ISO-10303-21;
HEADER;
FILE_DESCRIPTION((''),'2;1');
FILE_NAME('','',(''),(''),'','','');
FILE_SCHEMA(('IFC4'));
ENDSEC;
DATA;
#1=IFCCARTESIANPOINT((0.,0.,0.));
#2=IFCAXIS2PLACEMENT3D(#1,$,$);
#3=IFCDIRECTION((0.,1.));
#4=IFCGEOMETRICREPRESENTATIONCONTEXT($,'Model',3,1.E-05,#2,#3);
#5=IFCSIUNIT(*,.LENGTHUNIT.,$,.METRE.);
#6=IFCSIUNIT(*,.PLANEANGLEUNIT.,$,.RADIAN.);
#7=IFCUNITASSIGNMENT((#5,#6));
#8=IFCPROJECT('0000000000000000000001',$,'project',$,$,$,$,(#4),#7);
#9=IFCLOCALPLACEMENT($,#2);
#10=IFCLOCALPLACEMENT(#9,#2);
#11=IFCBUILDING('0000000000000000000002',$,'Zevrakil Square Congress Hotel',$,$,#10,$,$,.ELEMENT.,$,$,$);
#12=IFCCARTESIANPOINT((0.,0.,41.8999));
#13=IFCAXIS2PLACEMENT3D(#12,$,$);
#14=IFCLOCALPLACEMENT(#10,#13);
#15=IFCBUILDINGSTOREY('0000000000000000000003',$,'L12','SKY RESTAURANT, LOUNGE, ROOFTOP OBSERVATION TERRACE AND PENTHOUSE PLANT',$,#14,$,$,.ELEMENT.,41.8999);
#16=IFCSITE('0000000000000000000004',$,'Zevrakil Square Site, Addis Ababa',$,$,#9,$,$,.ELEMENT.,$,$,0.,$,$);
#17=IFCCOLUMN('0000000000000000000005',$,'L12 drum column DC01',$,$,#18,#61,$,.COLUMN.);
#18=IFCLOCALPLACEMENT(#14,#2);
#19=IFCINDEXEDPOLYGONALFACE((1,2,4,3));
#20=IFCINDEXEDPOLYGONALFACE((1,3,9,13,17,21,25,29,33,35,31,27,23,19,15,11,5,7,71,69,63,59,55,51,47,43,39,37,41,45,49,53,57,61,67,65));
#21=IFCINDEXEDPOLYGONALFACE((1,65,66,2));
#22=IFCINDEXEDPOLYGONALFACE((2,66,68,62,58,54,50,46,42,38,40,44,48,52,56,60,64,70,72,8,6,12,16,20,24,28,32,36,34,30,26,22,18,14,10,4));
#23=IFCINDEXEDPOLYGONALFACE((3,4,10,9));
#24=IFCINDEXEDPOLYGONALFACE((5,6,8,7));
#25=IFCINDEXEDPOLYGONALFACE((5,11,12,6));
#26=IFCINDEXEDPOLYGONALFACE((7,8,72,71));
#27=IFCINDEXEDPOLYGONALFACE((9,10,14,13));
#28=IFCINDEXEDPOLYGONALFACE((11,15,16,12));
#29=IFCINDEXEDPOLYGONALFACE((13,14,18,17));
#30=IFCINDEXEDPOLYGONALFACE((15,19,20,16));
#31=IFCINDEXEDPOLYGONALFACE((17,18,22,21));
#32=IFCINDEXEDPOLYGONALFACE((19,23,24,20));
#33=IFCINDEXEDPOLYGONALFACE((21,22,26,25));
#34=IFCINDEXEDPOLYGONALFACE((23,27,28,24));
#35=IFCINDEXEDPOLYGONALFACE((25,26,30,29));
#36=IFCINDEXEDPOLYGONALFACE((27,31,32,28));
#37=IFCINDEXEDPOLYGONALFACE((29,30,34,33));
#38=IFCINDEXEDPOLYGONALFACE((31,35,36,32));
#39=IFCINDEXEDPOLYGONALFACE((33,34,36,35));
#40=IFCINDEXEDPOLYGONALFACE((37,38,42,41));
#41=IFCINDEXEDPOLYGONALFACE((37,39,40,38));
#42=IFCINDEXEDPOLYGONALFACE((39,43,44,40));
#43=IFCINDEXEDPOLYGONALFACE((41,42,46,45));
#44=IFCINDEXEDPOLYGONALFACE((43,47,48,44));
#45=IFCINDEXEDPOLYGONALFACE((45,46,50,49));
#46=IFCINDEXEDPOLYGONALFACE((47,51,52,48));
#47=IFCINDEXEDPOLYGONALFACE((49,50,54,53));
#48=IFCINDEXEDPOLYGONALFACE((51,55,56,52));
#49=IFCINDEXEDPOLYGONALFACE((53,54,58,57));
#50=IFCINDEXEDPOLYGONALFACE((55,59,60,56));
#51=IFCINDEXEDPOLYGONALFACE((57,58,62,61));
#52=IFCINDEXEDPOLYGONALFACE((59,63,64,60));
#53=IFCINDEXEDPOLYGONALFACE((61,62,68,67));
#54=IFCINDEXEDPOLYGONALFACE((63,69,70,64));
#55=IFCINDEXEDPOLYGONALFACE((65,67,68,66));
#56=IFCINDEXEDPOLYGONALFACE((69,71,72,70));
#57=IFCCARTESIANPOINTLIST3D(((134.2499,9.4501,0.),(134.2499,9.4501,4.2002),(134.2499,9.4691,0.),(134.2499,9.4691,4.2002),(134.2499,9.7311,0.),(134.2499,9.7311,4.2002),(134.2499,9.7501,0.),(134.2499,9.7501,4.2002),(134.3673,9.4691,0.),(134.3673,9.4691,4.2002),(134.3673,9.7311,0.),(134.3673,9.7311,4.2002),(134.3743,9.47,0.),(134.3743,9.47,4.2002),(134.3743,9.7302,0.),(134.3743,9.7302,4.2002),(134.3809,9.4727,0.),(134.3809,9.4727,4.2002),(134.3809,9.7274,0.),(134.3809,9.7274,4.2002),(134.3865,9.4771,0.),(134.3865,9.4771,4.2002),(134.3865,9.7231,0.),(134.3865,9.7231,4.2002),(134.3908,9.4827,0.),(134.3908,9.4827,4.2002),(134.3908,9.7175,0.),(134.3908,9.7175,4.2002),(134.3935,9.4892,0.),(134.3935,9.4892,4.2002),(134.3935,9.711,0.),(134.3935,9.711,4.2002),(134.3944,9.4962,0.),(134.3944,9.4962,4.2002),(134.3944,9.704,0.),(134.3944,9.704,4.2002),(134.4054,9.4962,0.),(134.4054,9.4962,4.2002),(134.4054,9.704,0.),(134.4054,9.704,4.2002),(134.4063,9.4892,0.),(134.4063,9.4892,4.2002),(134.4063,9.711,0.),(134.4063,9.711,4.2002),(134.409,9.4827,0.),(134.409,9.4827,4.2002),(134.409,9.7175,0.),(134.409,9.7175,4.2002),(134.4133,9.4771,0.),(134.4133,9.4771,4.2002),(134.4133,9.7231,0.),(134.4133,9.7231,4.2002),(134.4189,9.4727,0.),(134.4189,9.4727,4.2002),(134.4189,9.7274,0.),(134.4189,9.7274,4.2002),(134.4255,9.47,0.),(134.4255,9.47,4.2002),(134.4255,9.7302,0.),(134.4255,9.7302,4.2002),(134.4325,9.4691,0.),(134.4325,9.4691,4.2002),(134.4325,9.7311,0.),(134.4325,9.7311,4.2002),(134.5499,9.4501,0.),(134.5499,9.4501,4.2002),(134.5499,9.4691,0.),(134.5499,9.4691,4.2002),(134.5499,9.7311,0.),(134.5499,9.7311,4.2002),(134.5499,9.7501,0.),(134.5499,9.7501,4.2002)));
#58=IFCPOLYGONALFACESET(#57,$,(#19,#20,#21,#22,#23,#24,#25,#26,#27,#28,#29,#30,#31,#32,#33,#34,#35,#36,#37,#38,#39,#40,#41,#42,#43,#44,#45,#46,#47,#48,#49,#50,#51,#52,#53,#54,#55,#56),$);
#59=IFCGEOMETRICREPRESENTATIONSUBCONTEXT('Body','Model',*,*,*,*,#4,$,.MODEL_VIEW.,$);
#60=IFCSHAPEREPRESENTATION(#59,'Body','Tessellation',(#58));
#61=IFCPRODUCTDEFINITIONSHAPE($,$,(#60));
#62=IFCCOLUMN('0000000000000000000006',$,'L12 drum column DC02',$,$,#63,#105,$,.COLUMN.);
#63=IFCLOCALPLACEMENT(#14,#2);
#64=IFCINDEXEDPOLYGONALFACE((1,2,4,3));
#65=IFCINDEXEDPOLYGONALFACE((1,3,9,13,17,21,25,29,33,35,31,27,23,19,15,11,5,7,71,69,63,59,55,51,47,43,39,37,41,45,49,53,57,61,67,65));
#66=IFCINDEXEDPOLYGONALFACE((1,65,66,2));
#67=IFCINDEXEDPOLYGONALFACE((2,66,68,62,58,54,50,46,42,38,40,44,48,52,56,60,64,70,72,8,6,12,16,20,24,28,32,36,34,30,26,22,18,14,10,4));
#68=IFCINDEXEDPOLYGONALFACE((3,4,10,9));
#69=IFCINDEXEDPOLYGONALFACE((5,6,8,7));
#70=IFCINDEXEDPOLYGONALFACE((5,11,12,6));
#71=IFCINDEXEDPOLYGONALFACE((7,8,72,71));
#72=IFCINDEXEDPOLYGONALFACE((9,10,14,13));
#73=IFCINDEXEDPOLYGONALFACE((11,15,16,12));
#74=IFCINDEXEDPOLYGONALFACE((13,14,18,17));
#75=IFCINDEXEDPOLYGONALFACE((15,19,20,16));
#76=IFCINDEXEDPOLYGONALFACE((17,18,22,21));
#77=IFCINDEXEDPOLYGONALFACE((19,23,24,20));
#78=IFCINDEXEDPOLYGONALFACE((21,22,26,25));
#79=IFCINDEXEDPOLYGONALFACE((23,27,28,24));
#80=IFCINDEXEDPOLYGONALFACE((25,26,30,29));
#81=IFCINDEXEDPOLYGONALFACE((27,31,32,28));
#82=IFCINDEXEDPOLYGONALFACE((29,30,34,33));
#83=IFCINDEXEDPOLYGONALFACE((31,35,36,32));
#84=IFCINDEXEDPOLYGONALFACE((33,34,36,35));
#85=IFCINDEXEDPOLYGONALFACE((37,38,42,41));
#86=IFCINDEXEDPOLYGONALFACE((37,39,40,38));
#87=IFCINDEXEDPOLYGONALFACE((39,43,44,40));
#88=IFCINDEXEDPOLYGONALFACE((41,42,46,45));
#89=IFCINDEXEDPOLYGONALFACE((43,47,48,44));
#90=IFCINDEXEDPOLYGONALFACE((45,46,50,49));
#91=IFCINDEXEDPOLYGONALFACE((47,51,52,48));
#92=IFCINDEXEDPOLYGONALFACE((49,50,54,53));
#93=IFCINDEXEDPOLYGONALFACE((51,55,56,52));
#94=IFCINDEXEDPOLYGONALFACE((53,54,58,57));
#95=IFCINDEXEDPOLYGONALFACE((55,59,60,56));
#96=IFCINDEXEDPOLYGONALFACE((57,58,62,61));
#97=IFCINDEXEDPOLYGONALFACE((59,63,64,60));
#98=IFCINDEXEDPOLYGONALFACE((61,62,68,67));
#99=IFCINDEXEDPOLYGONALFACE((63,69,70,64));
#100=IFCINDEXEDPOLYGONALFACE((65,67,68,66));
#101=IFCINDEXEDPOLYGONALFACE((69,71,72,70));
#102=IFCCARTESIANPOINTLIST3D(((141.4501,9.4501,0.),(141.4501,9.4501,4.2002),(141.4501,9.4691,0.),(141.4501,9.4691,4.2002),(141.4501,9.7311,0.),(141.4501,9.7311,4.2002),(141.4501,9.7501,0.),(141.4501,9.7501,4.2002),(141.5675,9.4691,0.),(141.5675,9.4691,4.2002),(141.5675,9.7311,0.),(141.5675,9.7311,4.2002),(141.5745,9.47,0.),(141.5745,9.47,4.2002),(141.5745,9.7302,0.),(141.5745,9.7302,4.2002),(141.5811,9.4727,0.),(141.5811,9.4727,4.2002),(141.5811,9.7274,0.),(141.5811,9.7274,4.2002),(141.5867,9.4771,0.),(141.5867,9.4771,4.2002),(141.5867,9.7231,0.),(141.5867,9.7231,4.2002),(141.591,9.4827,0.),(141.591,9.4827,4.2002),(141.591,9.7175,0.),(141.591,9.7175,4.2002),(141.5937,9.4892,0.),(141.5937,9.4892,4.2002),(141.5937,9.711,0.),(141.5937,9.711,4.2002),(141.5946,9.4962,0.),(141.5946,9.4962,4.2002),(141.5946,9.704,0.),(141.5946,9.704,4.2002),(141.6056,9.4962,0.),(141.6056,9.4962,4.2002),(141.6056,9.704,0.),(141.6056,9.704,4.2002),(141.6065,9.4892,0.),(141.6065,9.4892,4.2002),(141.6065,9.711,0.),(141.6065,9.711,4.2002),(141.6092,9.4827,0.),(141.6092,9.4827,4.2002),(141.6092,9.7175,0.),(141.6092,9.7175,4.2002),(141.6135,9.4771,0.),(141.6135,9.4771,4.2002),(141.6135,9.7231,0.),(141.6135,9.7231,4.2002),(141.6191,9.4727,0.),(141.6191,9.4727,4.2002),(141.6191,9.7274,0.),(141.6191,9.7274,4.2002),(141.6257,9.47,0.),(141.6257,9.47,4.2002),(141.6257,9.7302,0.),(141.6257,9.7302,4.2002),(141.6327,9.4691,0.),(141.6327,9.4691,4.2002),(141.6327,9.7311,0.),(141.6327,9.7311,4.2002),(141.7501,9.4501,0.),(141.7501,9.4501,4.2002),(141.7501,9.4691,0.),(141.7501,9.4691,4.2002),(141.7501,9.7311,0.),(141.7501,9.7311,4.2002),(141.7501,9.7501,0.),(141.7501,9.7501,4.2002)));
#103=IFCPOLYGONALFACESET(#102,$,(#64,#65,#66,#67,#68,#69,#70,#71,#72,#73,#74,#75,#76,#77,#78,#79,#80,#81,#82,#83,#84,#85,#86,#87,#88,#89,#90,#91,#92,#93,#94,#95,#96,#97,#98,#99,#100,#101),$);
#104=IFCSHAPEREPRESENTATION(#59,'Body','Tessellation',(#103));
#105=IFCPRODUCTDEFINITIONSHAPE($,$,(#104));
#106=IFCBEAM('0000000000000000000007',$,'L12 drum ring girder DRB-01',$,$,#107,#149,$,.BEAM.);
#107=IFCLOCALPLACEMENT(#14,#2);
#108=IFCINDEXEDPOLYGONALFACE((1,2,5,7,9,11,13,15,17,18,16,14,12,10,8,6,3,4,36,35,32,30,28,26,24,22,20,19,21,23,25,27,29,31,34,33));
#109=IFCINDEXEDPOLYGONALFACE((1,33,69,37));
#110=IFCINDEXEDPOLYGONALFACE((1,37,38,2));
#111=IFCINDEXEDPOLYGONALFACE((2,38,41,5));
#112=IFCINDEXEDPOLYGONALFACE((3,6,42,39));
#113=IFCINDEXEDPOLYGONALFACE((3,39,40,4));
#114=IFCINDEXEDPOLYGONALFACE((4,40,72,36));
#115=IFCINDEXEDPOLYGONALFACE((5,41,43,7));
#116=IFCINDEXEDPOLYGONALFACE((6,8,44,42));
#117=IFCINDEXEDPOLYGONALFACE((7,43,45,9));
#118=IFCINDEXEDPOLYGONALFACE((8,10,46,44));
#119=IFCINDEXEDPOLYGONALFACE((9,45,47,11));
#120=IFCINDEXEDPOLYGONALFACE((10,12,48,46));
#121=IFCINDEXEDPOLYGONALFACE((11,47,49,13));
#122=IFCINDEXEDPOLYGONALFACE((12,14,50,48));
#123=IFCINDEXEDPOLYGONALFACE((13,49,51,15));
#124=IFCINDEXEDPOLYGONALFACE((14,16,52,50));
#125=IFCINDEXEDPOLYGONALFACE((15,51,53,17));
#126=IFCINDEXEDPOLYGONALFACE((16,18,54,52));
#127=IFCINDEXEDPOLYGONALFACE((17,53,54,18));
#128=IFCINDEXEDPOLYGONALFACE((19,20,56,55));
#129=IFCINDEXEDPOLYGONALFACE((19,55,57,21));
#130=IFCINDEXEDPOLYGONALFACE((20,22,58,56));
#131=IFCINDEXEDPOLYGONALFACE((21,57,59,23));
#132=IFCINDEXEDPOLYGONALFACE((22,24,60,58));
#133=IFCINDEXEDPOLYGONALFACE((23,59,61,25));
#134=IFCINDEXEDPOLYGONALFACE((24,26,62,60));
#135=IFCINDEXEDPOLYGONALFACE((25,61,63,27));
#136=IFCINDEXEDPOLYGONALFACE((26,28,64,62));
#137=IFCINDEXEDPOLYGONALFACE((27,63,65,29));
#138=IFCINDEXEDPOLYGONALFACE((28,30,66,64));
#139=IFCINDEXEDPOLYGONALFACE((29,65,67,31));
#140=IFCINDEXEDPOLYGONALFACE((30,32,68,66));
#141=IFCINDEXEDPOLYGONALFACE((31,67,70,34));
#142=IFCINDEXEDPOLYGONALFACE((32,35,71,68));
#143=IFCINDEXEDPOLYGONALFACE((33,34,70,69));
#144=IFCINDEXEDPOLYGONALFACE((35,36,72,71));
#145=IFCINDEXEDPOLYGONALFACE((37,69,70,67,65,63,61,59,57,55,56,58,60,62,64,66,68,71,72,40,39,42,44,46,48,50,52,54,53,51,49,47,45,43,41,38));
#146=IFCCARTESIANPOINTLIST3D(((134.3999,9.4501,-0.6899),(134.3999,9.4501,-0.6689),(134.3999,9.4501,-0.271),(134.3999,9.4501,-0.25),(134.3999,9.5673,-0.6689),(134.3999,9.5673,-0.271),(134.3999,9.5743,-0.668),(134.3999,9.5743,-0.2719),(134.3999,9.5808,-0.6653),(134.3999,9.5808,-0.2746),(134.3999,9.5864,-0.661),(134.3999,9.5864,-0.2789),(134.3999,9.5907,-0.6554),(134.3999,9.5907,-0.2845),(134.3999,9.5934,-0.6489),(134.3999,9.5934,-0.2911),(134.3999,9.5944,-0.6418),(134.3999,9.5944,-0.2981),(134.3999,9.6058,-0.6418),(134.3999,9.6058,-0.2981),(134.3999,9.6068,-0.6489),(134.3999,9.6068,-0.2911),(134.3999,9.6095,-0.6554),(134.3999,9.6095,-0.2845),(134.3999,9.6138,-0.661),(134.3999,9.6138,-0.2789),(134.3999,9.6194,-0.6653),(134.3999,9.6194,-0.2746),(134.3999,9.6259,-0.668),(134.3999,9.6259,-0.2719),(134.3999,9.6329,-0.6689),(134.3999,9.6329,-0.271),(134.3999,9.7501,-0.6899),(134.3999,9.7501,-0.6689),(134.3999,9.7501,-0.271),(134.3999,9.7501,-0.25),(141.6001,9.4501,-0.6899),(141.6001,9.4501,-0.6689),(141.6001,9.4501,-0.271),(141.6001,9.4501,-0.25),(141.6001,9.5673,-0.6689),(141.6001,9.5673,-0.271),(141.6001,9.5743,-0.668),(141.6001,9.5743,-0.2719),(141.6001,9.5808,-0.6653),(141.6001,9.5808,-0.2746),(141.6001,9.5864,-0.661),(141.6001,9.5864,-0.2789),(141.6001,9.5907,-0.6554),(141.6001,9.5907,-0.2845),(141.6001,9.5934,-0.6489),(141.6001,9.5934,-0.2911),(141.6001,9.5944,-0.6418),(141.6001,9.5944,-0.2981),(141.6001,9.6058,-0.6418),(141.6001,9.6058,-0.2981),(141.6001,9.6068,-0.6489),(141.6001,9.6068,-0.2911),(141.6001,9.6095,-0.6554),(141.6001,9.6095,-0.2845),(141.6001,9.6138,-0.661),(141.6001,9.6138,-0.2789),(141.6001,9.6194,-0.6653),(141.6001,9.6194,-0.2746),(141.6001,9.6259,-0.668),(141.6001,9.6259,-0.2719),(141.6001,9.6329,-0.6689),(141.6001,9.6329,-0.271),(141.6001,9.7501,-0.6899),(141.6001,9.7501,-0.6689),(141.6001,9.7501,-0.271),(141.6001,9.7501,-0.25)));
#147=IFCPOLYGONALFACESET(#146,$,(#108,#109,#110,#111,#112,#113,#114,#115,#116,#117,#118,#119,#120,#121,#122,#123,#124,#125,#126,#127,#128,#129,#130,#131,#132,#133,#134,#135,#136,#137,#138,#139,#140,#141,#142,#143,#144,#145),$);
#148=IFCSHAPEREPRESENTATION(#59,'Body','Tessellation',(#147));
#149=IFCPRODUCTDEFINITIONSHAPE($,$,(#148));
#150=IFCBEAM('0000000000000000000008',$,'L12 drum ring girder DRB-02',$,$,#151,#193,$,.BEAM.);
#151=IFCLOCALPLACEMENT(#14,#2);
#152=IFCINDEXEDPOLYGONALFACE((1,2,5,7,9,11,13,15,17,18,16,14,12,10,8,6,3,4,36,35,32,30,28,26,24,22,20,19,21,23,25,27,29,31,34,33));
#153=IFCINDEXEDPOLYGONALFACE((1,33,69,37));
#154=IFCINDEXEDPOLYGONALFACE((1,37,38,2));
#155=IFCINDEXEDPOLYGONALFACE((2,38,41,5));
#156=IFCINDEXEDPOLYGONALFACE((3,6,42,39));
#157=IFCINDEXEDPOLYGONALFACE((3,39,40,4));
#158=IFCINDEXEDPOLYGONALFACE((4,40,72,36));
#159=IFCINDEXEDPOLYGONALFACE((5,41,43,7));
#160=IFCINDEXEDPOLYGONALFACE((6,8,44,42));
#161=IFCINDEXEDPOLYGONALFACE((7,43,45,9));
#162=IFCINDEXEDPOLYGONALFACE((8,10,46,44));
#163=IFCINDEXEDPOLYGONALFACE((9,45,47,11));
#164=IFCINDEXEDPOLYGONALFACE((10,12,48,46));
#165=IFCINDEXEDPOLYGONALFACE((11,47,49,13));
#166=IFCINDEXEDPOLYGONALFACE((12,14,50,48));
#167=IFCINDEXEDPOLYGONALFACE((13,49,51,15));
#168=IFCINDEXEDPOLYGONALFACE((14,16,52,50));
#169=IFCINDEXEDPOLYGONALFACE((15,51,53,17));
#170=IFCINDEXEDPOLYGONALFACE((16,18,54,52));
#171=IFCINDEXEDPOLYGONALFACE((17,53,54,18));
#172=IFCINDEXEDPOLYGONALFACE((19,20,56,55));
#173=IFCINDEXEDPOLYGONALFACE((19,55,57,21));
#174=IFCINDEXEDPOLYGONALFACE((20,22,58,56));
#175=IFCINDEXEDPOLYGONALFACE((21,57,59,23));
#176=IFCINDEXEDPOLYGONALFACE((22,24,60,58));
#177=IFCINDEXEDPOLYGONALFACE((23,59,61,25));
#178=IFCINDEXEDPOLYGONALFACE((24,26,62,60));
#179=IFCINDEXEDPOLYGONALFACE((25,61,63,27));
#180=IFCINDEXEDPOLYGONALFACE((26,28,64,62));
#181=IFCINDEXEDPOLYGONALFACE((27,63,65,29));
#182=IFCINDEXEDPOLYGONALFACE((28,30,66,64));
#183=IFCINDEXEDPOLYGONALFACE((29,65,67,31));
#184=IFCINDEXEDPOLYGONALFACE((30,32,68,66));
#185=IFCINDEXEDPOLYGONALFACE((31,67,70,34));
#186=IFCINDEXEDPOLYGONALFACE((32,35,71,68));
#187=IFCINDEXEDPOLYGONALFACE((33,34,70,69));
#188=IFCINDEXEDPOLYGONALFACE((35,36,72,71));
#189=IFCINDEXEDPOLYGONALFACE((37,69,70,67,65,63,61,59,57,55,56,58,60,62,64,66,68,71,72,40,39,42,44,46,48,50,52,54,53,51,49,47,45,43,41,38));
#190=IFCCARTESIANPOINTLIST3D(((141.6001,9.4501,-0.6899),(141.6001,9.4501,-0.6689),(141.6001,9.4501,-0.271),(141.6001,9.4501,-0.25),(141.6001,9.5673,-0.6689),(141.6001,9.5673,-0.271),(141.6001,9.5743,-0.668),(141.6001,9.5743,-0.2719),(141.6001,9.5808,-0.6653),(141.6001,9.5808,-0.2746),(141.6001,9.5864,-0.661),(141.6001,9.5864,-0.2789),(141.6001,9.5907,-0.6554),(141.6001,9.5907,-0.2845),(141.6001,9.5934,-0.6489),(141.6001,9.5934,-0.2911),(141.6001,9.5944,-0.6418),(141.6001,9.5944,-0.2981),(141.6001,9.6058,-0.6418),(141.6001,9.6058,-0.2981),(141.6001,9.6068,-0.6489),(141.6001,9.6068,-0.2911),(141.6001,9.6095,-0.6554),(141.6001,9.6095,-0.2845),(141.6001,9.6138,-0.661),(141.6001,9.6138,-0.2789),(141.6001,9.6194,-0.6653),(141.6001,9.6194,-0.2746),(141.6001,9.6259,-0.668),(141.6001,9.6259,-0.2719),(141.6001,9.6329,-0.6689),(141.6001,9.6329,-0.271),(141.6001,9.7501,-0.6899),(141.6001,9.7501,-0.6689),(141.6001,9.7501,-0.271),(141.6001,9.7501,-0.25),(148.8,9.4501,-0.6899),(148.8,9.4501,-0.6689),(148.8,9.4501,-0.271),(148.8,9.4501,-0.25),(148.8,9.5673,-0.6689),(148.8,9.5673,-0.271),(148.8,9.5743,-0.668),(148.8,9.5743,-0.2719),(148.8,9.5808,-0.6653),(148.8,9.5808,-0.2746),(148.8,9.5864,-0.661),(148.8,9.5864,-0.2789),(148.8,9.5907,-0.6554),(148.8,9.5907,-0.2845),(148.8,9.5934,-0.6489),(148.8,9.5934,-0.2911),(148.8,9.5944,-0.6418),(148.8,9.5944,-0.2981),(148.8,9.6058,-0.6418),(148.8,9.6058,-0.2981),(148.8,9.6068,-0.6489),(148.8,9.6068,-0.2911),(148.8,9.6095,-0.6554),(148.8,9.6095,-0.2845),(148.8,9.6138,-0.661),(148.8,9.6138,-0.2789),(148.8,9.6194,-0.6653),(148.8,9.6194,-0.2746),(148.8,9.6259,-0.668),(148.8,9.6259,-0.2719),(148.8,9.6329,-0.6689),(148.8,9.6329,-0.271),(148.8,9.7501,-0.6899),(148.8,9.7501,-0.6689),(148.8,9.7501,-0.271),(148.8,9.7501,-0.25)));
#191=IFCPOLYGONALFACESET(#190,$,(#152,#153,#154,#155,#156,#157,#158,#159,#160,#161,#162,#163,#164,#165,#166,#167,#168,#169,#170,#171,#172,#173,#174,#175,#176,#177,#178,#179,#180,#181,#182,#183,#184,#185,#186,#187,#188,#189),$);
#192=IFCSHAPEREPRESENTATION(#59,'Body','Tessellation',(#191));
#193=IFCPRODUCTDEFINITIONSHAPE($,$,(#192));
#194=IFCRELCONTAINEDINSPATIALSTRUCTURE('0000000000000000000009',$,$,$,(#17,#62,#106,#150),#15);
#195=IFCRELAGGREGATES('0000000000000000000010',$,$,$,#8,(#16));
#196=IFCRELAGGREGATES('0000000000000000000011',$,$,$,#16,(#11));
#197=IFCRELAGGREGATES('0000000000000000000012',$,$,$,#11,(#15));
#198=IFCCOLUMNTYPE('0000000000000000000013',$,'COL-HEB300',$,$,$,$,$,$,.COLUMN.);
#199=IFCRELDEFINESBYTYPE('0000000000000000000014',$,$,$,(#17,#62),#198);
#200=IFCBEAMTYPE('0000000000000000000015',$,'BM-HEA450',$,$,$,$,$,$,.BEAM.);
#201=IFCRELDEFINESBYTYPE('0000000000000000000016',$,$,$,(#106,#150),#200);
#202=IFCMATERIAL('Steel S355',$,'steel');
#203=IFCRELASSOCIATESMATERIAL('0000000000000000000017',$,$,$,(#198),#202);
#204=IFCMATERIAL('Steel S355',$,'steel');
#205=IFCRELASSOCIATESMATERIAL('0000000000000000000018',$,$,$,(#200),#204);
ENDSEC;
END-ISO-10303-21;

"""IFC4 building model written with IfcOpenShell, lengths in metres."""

from ifc_helpers import new_model, si_unit, direction, frame, origin, origin_2d, place, context, subcontext, project, spatial, i_section, extrude, material, material_profile, profile_set, type_object, element, save


model = new_model("IFC4")

# Units and contexts
model_context = context("Model", 3, precision=1e-05, world=origin(), true_north=direction((0.0, 1.0)))
body_context = subcontext(model_context, "Body", "Model", "MODEL_VIEW")
ifc_project = project(units=[si_unit("LENGTHUNIT", "METRE"), si_unit("PLANEANGLEUNIT", "RADIAN")], contexts=[model_context])

# Site, building, storey
site_placement = place(None, origin())
site = spatial("IfcSite", under=ifc_project, at=site_placement, Name="Zevrakil Square Site, Addis Ababa", CompositionType="ELEMENT", RefElevation=0.0)
building_placement = place(site_placement, origin())
building = spatial("IfcBuilding", under=site, at=building_placement, Name="Zevrakil Square Congress Hotel", CompositionType="ELEMENT")
storey_placement = place(building_placement, frame((0.0, 0.0, 41.8999)))
storey = spatial("IfcBuildingStorey", under=building, at=storey_placement, Name="L12", Description="SKY RESTAURANT, LOUNGE, ROOFTOP OBSERVATION TERRACE AND PENTHOUSE PLANT", CompositionType="ELEMENT", Elevation=41.8999)

# Columns
ifc_material_1 = material(Name="Steel S355", Category="steel")
ifc_material_profile_1 = material_profile(ifc_material_1, i_section(OverallWidth=0.3, OverallDepth=0.3, WebThickness=0.011, FlangeThickness=0.019, FilletRadius=0.0271, at=origin_2d()), Name="HEB 300")
ifc_profile_set_1 = profile_set([ifc_material_profile_1], Name="Steel S355")
column_type = type_object("IfcColumnType", Name="COL-HEB300", PredefinedType="COLUMN", material=ifc_profile_set_1)
for number, where, z_axis, x_axis, name in (
    (1, (134.3999, 9.6001, 0.0), (0.0, 0.0, 1.0), (1.0, 0.0, 0.0), "L12 drum column DC01"),
    (2, (141.6001, 9.6001, 0.0), (0.0, 0.0, 1.0), (1.0, 0.0, 0.0), "L12 drum column DC02"),
):
    element("IfcColumn", number, at=place(storey_placement, frame(where, z_axis=z_axis, x_axis=x_axis)), inside=storey, type_object=column_type, Name=name, PredefinedType="COLUMN", context=body_context, shape_type="SweptSolid", body=[
        extrude(i_section(OverallWidth=0.3, OverallDepth=0.3, WebThickness=0.011, FlangeThickness=0.019, FilletRadius=0.0271, at=origin_2d()), origin(), (0.0, 0.0, 1.0), 4.2002),
    ])

# Beams
ifc_material_2 = material(Name="Steel S355", Category="steel")
ifc_material_profile_2 = material_profile(ifc_material_2, i_section(OverallWidth=0.3, OverallDepth=0.4399, WebThickness=0.0115, FlangeThickness=0.021, FilletRadius=0.0271, at=origin_2d()), Name="HEA 450")
ifc_profile_set_2 = profile_set([ifc_material_profile_2], Name="Steel S355")
beam_type_1 = type_object("IfcBeamType", Name="BM-HEA450", PredefinedType="BEAM", material=ifc_profile_set_2)
beam_1_placement = place(storey_placement, frame((134.3999, 9.6001, -0.47), z_axis=(1.0, 0.0, 0.0), x_axis=(0.0, 1.0, 0.0)))
element("IfcBeam", 3, at=beam_1_placement, inside=storey, type_object=beam_type_1, Name="L12 drum ring girder DRB-01", PredefinedType="BEAM", context=body_context, shape_type="SweptSolid", body=[
    extrude(i_section(OverallWidth=0.3, OverallDepth=0.4399, WebThickness=0.0115, FlangeThickness=0.021, FilletRadius=0.0271, at=origin_2d()), origin(), (0.0, 0.0, 1.0), 7.2002),
])
beam_2_placement = place(storey_placement, frame((141.6001, 9.6001, -0.47), z_axis=(1.0, 0.0, 0.0), x_axis=(0.0, 1.0, 0.0)))
element("IfcBeam", 4, at=beam_2_placement, inside=storey, type_object=beam_type_1, Name="L12 drum ring girder DRB-02", PredefinedType="BEAM", context=body_context, shape_type="SweptSolid", body=[
    extrude(i_section(OverallWidth=0.3, OverallDepth=0.4399, WebThickness=0.0115, FlangeThickness=0.021, FilletRadius=0.0271, at=origin_2d()), origin(), (0.0, 0.0, 1.0), 7.2),
])

save(model, "model.ifc")
